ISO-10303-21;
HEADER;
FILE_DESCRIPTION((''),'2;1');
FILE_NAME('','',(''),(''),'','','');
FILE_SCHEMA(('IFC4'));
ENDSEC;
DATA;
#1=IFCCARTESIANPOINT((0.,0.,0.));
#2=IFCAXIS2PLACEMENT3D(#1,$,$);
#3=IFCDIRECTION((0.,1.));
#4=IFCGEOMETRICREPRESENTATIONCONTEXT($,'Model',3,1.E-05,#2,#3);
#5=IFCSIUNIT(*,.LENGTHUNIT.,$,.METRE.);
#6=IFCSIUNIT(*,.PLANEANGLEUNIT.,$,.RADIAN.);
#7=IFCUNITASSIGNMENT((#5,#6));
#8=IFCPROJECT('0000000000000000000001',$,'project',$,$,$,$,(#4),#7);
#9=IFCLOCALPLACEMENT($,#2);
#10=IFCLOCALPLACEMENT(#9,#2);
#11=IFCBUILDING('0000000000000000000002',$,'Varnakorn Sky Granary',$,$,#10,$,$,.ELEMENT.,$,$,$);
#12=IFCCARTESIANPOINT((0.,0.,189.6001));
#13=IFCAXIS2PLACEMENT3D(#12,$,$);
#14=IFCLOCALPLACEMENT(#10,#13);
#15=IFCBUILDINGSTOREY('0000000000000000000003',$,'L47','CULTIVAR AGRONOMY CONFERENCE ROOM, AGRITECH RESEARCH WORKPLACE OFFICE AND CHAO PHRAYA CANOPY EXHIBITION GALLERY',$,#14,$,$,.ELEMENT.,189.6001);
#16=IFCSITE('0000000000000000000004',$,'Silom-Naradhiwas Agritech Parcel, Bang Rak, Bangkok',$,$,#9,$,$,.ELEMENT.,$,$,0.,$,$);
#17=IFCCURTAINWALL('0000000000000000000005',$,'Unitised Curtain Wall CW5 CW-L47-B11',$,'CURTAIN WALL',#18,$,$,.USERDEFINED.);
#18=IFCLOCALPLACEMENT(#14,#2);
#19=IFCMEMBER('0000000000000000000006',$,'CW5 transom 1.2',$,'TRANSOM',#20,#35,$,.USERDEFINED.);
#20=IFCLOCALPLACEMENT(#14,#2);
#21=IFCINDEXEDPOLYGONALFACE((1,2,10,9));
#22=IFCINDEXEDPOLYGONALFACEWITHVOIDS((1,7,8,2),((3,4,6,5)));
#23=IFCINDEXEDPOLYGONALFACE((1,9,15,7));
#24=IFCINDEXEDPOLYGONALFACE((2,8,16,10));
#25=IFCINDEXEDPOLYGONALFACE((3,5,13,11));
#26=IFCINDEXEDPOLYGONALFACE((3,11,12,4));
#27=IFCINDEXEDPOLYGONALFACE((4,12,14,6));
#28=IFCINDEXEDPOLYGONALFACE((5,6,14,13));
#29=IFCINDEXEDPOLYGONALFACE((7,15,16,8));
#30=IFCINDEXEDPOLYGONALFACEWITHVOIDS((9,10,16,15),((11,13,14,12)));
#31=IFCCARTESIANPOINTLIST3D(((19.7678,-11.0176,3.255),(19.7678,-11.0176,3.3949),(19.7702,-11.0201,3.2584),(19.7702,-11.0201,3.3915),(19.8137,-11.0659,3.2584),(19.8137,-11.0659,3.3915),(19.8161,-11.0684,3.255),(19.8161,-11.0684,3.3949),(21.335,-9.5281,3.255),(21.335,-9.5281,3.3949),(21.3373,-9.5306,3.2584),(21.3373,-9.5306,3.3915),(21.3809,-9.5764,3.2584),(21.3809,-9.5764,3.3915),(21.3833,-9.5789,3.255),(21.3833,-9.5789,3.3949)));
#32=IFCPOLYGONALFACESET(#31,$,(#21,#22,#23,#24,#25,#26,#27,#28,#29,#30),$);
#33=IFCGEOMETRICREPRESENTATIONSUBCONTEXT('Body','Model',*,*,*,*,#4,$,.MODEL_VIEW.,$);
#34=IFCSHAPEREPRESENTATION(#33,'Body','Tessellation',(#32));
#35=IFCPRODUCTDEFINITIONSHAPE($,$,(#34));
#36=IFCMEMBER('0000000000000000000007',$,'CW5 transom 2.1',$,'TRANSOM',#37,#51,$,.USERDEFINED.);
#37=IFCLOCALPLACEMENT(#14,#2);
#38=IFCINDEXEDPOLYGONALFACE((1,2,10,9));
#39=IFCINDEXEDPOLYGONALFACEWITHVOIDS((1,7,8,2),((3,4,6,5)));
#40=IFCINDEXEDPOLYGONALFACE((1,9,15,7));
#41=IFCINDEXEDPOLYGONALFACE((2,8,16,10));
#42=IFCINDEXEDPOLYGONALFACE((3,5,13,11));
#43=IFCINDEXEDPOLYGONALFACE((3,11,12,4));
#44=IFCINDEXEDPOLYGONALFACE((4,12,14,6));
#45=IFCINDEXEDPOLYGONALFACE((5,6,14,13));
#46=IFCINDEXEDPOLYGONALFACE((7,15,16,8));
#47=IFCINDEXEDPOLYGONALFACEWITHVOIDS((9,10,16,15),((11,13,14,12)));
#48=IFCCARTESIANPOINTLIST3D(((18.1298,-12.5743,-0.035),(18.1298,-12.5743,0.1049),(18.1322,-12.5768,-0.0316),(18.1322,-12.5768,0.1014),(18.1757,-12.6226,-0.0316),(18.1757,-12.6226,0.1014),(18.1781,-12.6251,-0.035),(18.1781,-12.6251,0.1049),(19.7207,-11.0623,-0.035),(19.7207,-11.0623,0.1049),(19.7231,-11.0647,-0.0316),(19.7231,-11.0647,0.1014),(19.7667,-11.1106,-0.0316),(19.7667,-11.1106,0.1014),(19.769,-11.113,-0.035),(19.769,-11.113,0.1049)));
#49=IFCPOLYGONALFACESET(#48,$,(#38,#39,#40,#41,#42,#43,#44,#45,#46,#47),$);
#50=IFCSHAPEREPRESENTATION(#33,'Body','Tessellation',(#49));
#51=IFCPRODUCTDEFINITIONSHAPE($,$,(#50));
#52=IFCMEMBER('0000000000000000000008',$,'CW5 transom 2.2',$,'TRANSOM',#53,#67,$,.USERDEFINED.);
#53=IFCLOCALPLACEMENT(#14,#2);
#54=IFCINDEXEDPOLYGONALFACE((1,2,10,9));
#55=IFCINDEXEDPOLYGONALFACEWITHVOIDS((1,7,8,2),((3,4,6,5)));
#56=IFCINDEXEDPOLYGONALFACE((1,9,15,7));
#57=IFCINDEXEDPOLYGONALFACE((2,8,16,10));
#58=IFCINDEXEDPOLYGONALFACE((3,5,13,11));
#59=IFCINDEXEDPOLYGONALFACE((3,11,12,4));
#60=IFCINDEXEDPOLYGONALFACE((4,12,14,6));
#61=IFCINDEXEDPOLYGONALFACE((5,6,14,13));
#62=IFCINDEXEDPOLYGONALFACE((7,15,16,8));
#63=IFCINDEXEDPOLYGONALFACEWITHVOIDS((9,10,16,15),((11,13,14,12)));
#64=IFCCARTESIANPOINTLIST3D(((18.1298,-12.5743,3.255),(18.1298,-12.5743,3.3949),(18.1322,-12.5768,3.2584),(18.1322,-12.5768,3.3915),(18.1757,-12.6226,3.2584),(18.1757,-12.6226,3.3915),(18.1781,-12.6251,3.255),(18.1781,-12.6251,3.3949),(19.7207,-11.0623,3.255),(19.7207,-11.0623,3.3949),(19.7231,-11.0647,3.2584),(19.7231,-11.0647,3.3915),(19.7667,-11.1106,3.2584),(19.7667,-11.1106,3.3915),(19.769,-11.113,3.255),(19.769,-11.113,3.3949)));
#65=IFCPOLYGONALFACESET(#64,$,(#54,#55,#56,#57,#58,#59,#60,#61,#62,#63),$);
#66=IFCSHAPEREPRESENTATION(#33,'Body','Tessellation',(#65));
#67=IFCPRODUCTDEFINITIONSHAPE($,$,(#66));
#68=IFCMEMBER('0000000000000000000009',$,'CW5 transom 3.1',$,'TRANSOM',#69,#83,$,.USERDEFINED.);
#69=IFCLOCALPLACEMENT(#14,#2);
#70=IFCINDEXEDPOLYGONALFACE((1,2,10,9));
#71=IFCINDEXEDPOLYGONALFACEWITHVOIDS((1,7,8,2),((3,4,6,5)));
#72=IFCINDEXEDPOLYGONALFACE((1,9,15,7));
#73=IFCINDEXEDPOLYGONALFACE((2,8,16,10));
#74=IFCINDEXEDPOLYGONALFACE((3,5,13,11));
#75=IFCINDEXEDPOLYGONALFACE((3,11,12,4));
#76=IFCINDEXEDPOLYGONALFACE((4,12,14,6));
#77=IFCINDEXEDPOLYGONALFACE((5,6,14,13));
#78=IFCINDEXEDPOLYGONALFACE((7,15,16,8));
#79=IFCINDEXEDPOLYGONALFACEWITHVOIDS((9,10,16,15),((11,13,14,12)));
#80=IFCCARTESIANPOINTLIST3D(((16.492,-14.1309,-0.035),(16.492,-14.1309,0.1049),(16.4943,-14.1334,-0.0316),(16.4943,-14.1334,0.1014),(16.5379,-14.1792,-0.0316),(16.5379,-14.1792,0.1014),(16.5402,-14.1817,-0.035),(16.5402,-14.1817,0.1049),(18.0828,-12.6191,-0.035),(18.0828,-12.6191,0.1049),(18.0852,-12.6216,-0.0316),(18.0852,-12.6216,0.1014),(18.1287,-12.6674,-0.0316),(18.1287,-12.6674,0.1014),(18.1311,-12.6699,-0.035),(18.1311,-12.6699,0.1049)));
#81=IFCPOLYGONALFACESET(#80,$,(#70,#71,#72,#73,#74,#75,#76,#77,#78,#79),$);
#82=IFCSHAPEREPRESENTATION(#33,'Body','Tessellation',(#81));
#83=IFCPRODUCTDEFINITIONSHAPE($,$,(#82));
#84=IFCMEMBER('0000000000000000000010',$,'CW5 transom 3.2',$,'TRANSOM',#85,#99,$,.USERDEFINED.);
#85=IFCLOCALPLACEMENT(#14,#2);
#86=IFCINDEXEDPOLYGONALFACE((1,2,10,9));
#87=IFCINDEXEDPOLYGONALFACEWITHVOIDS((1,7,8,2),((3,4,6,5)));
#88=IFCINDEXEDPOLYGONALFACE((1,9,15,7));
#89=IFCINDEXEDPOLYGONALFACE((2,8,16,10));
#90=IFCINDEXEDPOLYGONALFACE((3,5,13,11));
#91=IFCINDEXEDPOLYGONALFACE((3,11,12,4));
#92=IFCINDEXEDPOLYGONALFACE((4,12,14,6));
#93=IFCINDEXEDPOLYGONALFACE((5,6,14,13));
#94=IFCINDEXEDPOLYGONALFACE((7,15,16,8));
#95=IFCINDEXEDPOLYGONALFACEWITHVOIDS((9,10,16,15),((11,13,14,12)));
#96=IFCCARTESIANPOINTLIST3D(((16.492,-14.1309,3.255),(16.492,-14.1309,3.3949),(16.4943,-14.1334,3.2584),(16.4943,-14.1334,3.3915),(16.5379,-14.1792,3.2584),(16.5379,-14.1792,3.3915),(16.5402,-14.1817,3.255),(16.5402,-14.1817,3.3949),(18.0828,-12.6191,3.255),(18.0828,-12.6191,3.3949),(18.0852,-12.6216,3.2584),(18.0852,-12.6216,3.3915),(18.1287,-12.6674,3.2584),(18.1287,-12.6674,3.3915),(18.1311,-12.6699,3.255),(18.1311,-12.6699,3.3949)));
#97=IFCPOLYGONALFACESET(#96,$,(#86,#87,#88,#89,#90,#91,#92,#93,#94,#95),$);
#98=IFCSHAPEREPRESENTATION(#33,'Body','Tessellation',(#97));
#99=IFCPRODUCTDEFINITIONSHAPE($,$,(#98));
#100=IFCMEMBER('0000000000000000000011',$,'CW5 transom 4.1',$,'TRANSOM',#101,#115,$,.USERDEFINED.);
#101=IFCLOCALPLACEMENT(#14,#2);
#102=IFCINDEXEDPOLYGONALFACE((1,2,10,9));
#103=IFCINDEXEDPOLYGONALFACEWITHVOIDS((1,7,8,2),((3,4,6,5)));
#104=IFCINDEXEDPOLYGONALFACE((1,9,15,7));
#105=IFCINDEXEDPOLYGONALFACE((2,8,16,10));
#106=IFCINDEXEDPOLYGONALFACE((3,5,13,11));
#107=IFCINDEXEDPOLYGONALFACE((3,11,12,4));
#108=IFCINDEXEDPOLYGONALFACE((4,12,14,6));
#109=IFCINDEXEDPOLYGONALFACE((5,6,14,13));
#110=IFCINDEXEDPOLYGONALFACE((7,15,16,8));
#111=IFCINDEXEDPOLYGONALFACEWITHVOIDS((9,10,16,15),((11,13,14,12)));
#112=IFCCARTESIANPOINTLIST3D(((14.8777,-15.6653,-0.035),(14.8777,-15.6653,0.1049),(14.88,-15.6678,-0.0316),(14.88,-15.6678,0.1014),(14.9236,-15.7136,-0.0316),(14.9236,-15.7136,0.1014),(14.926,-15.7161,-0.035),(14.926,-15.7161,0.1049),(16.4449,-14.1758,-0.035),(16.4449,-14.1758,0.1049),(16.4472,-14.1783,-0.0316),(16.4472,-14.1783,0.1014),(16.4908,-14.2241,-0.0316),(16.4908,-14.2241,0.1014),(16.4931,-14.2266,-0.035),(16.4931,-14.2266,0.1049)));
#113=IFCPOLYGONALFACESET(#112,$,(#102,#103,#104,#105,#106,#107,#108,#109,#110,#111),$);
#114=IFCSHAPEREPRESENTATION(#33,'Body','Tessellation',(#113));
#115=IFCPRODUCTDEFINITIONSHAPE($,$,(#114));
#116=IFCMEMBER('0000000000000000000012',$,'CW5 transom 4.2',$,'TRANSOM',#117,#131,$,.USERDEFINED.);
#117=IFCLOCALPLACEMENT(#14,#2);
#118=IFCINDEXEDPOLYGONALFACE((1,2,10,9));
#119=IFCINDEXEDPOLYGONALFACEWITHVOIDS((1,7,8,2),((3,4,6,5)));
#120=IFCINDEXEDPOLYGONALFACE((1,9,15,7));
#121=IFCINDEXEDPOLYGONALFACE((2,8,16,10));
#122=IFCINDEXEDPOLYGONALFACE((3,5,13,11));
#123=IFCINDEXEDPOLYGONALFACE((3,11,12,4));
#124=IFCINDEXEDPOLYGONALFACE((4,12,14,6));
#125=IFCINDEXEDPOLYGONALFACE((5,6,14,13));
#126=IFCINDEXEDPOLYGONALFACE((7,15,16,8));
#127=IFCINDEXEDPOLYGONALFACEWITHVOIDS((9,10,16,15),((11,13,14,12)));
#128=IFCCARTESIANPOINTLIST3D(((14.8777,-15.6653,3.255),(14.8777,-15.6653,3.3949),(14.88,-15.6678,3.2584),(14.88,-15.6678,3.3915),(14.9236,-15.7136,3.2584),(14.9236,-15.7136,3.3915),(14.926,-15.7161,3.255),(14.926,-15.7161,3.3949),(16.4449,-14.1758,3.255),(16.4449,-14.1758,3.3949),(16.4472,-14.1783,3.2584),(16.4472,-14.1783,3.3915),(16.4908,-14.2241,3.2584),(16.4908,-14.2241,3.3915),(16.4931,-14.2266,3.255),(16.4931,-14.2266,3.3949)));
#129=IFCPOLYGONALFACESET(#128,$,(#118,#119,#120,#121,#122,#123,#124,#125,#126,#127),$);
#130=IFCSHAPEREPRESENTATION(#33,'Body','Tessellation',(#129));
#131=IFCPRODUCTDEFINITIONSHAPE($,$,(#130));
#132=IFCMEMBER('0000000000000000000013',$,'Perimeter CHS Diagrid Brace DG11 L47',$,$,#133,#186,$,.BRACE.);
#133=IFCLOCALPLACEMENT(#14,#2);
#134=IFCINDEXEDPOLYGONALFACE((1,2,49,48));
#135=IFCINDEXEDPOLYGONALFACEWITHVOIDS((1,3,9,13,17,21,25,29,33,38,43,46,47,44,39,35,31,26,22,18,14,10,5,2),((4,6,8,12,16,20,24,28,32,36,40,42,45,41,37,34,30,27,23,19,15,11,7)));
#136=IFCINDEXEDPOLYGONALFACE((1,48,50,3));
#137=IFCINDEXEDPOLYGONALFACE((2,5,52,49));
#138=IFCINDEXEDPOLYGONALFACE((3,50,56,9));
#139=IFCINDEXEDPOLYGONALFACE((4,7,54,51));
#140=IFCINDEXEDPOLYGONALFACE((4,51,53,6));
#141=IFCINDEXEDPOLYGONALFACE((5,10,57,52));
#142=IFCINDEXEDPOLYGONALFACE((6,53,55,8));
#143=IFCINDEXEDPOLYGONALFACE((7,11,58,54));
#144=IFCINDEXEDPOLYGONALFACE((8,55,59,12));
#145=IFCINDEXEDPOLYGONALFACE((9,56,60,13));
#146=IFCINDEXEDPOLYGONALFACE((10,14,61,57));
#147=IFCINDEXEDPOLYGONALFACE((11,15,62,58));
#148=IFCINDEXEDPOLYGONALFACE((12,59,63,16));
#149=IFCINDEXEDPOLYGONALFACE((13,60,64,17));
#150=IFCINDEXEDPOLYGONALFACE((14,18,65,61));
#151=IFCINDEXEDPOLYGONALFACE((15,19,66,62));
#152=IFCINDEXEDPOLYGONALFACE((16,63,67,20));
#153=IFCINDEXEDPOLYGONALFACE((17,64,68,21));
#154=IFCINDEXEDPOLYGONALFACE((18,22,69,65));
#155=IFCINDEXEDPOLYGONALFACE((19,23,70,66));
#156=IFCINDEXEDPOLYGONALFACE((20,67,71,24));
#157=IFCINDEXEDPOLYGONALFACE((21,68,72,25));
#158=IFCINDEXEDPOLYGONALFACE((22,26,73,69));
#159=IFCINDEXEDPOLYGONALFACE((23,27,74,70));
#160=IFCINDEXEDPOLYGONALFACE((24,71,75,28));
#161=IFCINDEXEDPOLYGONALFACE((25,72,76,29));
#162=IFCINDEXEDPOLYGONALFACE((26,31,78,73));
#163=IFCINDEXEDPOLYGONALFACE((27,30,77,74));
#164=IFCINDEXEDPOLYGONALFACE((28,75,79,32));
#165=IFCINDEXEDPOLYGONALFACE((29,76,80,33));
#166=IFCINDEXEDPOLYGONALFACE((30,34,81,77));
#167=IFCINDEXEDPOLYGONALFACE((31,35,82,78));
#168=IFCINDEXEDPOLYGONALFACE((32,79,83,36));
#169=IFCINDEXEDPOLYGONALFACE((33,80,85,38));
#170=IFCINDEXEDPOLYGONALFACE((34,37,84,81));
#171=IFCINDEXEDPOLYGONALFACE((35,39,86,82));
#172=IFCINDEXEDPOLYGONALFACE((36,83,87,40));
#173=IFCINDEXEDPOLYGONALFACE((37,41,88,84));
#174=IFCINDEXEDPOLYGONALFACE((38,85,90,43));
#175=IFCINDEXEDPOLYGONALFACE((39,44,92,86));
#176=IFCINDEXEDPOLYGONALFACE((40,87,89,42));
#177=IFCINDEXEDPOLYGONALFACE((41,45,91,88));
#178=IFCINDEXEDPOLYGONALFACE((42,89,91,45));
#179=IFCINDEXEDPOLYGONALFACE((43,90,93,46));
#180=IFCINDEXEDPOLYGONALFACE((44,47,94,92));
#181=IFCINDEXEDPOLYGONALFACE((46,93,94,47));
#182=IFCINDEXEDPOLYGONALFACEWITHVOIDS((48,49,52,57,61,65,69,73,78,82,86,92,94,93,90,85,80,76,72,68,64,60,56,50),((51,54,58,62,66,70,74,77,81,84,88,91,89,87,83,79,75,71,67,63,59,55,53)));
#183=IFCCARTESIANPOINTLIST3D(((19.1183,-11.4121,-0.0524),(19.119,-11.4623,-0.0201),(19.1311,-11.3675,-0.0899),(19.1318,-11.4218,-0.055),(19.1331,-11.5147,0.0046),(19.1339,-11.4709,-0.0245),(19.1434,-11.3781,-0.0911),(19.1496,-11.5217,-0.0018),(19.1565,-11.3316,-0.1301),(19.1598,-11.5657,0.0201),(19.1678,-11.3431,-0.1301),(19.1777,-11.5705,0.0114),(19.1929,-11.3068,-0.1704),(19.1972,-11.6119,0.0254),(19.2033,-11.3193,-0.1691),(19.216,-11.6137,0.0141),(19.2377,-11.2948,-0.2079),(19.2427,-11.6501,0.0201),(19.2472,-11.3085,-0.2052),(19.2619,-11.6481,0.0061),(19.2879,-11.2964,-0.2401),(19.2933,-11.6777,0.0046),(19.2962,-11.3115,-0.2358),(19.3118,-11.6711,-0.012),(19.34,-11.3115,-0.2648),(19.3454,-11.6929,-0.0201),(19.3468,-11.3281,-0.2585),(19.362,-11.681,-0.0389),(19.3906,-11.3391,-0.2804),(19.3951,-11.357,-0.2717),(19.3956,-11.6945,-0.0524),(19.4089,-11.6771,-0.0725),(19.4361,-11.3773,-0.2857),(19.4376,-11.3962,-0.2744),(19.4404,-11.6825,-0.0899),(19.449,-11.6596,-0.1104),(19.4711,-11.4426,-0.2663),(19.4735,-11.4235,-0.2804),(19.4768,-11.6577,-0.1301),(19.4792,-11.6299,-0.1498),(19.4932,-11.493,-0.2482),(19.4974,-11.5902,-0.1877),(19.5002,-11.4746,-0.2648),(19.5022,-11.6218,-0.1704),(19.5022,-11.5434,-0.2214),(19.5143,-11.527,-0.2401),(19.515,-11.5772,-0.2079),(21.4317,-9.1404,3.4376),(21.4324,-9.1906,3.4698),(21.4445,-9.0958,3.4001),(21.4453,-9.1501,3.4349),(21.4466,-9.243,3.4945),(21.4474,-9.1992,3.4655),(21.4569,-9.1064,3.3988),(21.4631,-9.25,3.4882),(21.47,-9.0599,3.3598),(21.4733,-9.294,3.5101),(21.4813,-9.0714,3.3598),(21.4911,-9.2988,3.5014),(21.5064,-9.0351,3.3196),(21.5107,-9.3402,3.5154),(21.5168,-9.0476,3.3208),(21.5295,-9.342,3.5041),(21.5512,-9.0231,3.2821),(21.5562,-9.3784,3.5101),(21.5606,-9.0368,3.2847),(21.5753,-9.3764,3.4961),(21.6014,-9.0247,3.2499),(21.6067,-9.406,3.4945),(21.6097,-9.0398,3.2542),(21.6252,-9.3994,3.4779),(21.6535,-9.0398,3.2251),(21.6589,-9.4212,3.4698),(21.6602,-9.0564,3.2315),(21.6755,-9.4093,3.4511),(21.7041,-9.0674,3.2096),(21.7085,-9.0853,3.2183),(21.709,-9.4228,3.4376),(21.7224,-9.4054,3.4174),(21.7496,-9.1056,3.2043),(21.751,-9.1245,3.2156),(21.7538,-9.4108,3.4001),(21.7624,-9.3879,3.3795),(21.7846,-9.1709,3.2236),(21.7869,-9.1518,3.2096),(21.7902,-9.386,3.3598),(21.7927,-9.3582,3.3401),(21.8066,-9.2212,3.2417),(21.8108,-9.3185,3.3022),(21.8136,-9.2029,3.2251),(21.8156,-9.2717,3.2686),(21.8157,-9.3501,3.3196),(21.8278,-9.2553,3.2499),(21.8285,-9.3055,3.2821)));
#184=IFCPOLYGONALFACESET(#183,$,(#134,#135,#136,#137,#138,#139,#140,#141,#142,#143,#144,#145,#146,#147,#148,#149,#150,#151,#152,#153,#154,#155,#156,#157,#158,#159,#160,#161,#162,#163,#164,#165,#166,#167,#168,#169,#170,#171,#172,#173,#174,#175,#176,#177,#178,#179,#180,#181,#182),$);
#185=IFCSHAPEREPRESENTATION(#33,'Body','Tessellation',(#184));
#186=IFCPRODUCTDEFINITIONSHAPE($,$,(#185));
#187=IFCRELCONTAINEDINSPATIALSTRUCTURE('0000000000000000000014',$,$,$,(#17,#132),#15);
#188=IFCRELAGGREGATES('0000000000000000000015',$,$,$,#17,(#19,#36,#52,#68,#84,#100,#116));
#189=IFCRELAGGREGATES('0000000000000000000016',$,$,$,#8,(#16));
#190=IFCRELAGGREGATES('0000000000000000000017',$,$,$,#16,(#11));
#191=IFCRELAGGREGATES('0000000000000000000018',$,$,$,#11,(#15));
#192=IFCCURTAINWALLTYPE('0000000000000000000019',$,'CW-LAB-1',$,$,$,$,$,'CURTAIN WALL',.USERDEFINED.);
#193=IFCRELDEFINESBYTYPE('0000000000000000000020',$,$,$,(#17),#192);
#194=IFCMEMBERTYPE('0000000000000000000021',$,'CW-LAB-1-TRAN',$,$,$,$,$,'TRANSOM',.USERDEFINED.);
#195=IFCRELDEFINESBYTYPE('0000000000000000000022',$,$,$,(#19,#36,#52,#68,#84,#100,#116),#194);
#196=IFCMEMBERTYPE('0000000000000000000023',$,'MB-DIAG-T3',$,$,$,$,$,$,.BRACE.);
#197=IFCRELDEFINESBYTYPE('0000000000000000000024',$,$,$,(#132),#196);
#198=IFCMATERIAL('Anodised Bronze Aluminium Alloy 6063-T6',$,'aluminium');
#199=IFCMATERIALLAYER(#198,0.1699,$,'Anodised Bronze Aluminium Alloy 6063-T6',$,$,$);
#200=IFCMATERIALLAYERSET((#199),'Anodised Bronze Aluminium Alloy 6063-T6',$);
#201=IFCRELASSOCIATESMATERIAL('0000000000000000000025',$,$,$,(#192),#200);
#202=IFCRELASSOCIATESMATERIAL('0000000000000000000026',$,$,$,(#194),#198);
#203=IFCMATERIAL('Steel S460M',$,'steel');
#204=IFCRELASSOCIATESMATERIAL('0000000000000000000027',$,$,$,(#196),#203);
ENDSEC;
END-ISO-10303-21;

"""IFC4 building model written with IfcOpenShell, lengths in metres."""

from ifc_helpers import new_model, si_unit, direction, frame, origin, origin_2d, place, context, subcontext, project, spatial, hollow_rectangle, hollow_circle, extrude, material, layer, layer_set, material_profile, profile_set, type_object, element, aggregate, save


model = new_model("IFC4")

# Units and contexts
model_context = context("Model", 3, precision=1e-05, world=origin(), true_north=direction((0.0, 1.0)))
body_context = subcontext(model_context, "Body", "Model", "MODEL_VIEW")
ifc_project = project(units=[si_unit("LENGTHUNIT", "METRE"), si_unit("PLANEANGLEUNIT", "RADIAN")], contexts=[model_context])

# Site, building, storey
site_placement = place(None, origin())
site = spatial("IfcSite", under=ifc_project, at=site_placement, Name="Silom-Naradhiwas Agritech Parcel, Bang Rak, Bangkok", CompositionType="ELEMENT", RefElevation=0.0)
building_placement = place(site_placement, origin())
building = spatial("IfcBuilding", under=site, at=building_placement, Name="Varnakorn Sky Granary", CompositionType="ELEMENT")
storey_placement = place(building_placement, frame((0.0, 0.0, 189.6001)))
storey = spatial("IfcBuildingStorey", under=building, at=storey_placement, Name="L47", Description="CULTIVAR AGRONOMY CONFERENCE ROOM, AGRITECH RESEARCH WORKPLACE OFFICE AND CHAO PHRAYA CANOPY EXHIBITION GALLERY", CompositionType="ELEMENT", Elevation=189.6001)

# Shared definitions
ifc_material_1 = material(Name="Steel S460M", Category="steel")

# Shared definitions
ifc_material_2 = material(Name="Anodised Bronze Aluminium Alloy 6063-T6", Category="aluminium")
ifc_layer_1 = layer(ifc_material_2, 0.1699, Name="Anodised Bronze Aluminium Alloy 6063-T6")
ifc_layer_set_1 = layer_set([ifc_layer_1], Name="Anodised Bronze Aluminium Alloy 6063-T6")
curtain_wall_type = type_object("IfcCurtainWallType", Name="CW-LAB-1", ElementType="CURTAIN WALL", PredefinedType="USERDEFINED", material=ifc_layer_set_1)

# Curtain wall
curtain_wall_1_placement = place(storey_placement, origin())
curtain_wall_1 = element("IfcCurtainWall", 1, at=curtain_wall_1_placement, inside=storey, type_object=curtain_wall_type, Name="Unitised Curtain Wall CW5 CW-L47-B11", ObjectType="CURTAIN WALL", PredefinedType="USERDEFINED")

# Members
ifc_material_profile_1 = material_profile(ifc_material_2, hollow_rectangle(XDim=0.0701, YDim=0.1399, WallThickness=0.0034, at=origin_2d()), Name="ALU TRAN 70x140")
ifc_profile_set_1 = profile_set([ifc_material_profile_1], Name="Anodised Bronze Aluminium Alloy 6063-T6")
member_type_1 = type_object("IfcMemberType", Name="CW-LAB-1-TRAN", ElementType="TRANSOM", PredefinedType="USERDEFINED", material=ifc_profile_set_1)
member_1_placement = place(storey_placement, frame((21.3591, -9.5535, 3.325), z_axis=(-0.724833, -0.688925, 0.0), x_axis=(0.688925, -0.724833, 0.0)))
member_1 = element("IfcMember", 2, at=member_1_placement, type_object=member_type_1, Name="CW5 transom 1.2", ObjectType="TRANSOM", PredefinedType="USERDEFINED", context=body_context, shape_type="SweptSolid", body=[
    extrude(hollow_rectangle(XDim=0.0701, YDim=0.1399, WallThickness=0.0034, at=origin_2d()), origin(), (0.0, 0.0, 1.0), 2.1621),
])
member_2_placement = place(storey_placement, frame((19.7449, -11.0876, 0.0349), z_axis=(-0.724844, -0.688913, 0.0), x_axis=(0.688913, -0.724844, 0.0)))
member_2 = element("IfcMember", 3, at=member_2_placement, type_object=member_type_1, Name="CW5 transom 2.1", ObjectType="TRANSOM", PredefinedType="USERDEFINED", context=body_context, shape_type="SweptSolid", body=[
    extrude(hollow_rectangle(XDim=0.0701, YDim=0.1399, WallThickness=0.0034, at=origin_2d()), origin(), (0.0, 0.0, 1.0), 2.1948),
])
member_3_placement = place(storey_placement, frame((19.7449, -11.0876, 3.325), z_axis=(-0.724844, -0.688913, 0.0), x_axis=(0.688913, -0.724844, 0.0)))
member_3 = element("IfcMember", 4, at=member_3_placement, type_object=member_type_1, Name="CW5 transom 2.2", ObjectType="TRANSOM", PredefinedType="USERDEFINED", context=body_context, shape_type="SweptSolid", body=[
    extrude(hollow_rectangle(XDim=0.0701, YDim=0.1399, WallThickness=0.0034, at=origin_2d()), origin(), (0.0, 0.0, 1.0), 2.1948),
])
member_4_placement = place(storey_placement, frame((18.1069, -12.6445, 0.0349), z_axis=(-0.724899, -0.688855, 0.0), x_axis=(0.688855, -0.724899, 0.0)))
member_4 = element("IfcMember", 5, at=member_4_placement, type_object=member_type_1, Name="CW5 transom 3.1", ObjectType="TRANSOM", PredefinedType="USERDEFINED", context=body_context, shape_type="SweptSolid", body=[
    extrude(hollow_rectangle(XDim=0.0701, YDim=0.1399, WallThickness=0.0034, at=origin_2d()), origin(), (0.0, 0.0, 1.0), 2.1946),
])
member_5_placement = place(storey_placement, frame((18.1069, -12.6445, 3.325), z_axis=(-0.724899, -0.688855, 0.0), x_axis=(0.688855, -0.724899, 0.0)))
member_5 = element("IfcMember", 6, at=member_5_placement, type_object=member_type_1, Name="CW5 transom 3.2", ObjectType="TRANSOM", PredefinedType="USERDEFINED", context=body_context, shape_type="SweptSolid", body=[
    extrude(hollow_rectangle(XDim=0.0701, YDim=0.1399, WallThickness=0.0034, at=origin_2d()), origin(), (0.0, 0.0, 1.0), 2.1946),
])
member_6_placement = place(storey_placement, frame((16.469, -14.2012, 0.0349), z_axis=(-0.724833, -0.688925, 0.0), x_axis=(0.688925, -0.724833, 0.0)))
member_6 = element("IfcMember", 7, at=member_6_placement, type_object=member_type_1, Name="CW5 transom 4.1", ObjectType="TRANSOM", PredefinedType="USERDEFINED", context=body_context, shape_type="SweptSolid", body=[
    extrude(hollow_rectangle(XDim=0.0701, YDim=0.1399, WallThickness=0.0034, at=origin_2d()), origin(), (0.0, 0.0, 1.0), 2.1621),
])
member_7_placement = place(storey_placement, frame((16.469, -14.2012, 3.325), z_axis=(-0.724833, -0.688925, 0.0), x_axis=(0.688925, -0.724833, 0.0)))
member_7 = element("IfcMember", 8, at=member_7_placement, type_object=member_type_1, Name="CW5 transom 4.2", ObjectType="TRANSOM", PredefinedType="USERDEFINED", context=body_context, shape_type="SweptSolid", body=[
    extrude(hollow_rectangle(XDim=0.0701, YDim=0.1399, WallThickness=0.0034, at=origin_2d()), origin(), (0.0, 0.0, 1.0), 2.1621),
])

# Member
ifc_material_profile_2 = material_profile(ifc_material_1, hollow_circle(Radius=0.2285, WallThickness=0.0161, at=origin_2d()), Name="CHS 457x16")
ifc_profile_set_2 = profile_set([ifc_material_profile_2], Name="Steel S460M")
member_type_2 = type_object("IfcMemberType", Name="MB-DIAG-T3", PredefinedType="BRACE", material=ifc_profile_set_2)
member_8_placement = place(storey_placement, frame((19.3167, -11.4946, -0.1301), z_axis=(0.485646, 0.476882, 0.73262), x_axis=(-0.70064, 0.713515, 0.0)))
element("IfcMember", 9, at=member_8_placement, inside=storey, type_object=member_type_2, Name="Perimeter CHS Diagrid Brace DG11 L47", PredefinedType="BRACE", context=body_context, shape_type="SweptSolid", body=[
    extrude(hollow_circle(Radius=0.2285, WallThickness=0.0161, at=origin_2d()), origin(), (0.0, 0.0, 1.0), 4.7637),
])

aggregate(curtain_wall_1, [member_1, member_2, member_3, member_4, member_5, member_6, member_7])

save(model, "model.ifc")
